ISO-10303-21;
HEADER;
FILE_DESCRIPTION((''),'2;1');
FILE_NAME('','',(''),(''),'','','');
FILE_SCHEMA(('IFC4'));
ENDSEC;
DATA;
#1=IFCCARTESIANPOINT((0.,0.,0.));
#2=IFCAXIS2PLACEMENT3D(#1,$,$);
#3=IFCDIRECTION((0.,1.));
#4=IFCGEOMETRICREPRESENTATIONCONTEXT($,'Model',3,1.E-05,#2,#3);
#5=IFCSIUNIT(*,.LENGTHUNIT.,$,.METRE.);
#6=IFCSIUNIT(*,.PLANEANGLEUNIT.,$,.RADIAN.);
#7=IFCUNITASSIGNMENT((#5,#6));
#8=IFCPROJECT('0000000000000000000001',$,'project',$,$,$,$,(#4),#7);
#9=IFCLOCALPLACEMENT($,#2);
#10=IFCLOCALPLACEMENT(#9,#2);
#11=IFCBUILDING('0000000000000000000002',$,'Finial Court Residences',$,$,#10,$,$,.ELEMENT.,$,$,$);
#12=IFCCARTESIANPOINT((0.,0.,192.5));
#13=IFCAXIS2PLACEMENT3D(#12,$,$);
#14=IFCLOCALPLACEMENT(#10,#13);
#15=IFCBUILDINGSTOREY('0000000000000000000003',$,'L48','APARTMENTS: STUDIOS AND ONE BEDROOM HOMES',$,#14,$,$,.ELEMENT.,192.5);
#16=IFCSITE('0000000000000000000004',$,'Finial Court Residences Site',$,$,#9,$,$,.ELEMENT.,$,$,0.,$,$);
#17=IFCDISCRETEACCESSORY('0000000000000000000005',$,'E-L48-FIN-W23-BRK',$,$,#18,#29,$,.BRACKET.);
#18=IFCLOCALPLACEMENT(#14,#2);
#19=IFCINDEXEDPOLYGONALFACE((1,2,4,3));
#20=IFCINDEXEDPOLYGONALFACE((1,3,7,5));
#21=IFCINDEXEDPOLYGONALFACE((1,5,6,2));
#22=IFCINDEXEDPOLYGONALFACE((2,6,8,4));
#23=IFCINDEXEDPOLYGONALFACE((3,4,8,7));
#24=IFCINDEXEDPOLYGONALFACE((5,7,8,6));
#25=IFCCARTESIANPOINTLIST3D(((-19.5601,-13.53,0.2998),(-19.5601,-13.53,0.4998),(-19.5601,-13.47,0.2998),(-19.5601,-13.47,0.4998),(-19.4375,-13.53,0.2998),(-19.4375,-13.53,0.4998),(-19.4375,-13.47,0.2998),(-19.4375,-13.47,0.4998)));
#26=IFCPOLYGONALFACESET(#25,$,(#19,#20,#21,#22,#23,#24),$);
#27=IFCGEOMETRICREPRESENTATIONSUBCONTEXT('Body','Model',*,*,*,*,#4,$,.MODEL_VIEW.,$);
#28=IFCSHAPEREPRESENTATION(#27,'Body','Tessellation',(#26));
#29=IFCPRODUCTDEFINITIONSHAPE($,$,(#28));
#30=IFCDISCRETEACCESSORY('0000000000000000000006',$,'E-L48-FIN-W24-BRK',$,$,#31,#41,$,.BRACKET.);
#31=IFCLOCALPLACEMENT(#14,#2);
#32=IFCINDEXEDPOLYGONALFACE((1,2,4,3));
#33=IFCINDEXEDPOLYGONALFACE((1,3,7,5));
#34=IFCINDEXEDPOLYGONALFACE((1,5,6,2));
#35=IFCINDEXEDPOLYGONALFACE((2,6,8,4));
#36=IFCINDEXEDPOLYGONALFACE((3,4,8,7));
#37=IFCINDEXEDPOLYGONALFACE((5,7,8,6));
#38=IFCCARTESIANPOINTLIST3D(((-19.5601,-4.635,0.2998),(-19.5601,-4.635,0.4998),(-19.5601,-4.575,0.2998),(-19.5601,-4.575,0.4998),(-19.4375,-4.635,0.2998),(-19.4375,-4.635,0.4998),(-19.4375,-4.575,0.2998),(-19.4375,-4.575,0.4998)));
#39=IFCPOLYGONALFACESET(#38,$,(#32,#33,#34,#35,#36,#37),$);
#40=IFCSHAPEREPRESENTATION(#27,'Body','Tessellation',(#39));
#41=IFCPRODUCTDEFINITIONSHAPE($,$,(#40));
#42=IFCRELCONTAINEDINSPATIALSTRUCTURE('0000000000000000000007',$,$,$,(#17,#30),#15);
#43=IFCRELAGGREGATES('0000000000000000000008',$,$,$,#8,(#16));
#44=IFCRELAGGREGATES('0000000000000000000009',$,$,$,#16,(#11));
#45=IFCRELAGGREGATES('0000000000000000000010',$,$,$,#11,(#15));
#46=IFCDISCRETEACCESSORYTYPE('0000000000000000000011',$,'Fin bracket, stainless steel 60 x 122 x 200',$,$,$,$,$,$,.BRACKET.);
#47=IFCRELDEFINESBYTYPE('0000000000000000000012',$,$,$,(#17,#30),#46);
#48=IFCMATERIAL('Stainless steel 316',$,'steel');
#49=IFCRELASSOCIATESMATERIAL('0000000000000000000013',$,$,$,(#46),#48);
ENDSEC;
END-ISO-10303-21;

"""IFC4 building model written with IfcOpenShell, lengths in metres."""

from ifc_helpers import new_model, si_unit, direction, frame, origin, origin_2d, place, context, subcontext, project, spatial, rectangle, extrude, material, type_object, element, save


model = new_model("IFC4")

# Units and contexts
model_context = context("Model", 3, precision=1e-05, world=origin(), true_north=direction((0.0, 1.0)))
body_context = subcontext(model_context, "Body", "Model", "MODEL_VIEW")
ifc_project = project(units=[si_unit("LENGTHUNIT", "METRE"), si_unit("PLANEANGLEUNIT", "RADIAN")], contexts=[model_context])

# Site, building, storey
site_placement = place(None, origin())
site = spatial("IfcSite", under=ifc_project, at=site_placement, Name="Finial Court Residences Site", CompositionType="ELEMENT", RefElevation=0.0)
building_placement = place(site_placement, origin())
building = spatial("IfcBuilding", under=site, at=building_placement, Name="Finial Court Residences", CompositionType="ELEMENT")
storey_placement = place(building_placement, frame((0.0, 0.0, 192.5)))
storey = spatial("IfcBuildingStorey", under=building, at=storey_placement, Name="L48", Description="APARTMENTS: STUDIOS AND ONE BEDROOM HOMES", CompositionType="ELEMENT", Elevation=192.5)

# Discrete accessories
ifc_material_1 = material(Name="Stainless steel 316", Category="steel")
discrete_accessory_type = type_object("IfcDiscreteAccessoryType", Name="Fin bracket, stainless steel 60 x 122 x 200", PredefinedType="BRACKET", material=ifc_material_1)
for number, where, z_axis, x_axis, name in (
    (1, (-19.4988, -13.5, 0.2998), (0.0, 0.0, 1.0), (1.0, 0.0, 0.0), "E-L48-FIN-W23-BRK"),
    (2, (-19.4988, -4.605, 0.2998), (0.0, 0.0, 1.0), (1.0, 0.0, 0.0), "E-L48-FIN-W24-BRK"),
):
    element("IfcDiscreteAccessory", number, at=place(storey_placement, frame(where, z_axis=z_axis, x_axis=x_axis)), inside=storey, type_object=discrete_accessory_type, Name=name, PredefinedType="BRACKET", context=body_context, shape_type="SweptSolid", body=[
        extrude(rectangle(XDim=0.1226, YDim=0.0601, at=origin_2d()), origin(), (0.0, 0.0, 1.0), 0.2),
    ])

save(model, "model.ifc")
